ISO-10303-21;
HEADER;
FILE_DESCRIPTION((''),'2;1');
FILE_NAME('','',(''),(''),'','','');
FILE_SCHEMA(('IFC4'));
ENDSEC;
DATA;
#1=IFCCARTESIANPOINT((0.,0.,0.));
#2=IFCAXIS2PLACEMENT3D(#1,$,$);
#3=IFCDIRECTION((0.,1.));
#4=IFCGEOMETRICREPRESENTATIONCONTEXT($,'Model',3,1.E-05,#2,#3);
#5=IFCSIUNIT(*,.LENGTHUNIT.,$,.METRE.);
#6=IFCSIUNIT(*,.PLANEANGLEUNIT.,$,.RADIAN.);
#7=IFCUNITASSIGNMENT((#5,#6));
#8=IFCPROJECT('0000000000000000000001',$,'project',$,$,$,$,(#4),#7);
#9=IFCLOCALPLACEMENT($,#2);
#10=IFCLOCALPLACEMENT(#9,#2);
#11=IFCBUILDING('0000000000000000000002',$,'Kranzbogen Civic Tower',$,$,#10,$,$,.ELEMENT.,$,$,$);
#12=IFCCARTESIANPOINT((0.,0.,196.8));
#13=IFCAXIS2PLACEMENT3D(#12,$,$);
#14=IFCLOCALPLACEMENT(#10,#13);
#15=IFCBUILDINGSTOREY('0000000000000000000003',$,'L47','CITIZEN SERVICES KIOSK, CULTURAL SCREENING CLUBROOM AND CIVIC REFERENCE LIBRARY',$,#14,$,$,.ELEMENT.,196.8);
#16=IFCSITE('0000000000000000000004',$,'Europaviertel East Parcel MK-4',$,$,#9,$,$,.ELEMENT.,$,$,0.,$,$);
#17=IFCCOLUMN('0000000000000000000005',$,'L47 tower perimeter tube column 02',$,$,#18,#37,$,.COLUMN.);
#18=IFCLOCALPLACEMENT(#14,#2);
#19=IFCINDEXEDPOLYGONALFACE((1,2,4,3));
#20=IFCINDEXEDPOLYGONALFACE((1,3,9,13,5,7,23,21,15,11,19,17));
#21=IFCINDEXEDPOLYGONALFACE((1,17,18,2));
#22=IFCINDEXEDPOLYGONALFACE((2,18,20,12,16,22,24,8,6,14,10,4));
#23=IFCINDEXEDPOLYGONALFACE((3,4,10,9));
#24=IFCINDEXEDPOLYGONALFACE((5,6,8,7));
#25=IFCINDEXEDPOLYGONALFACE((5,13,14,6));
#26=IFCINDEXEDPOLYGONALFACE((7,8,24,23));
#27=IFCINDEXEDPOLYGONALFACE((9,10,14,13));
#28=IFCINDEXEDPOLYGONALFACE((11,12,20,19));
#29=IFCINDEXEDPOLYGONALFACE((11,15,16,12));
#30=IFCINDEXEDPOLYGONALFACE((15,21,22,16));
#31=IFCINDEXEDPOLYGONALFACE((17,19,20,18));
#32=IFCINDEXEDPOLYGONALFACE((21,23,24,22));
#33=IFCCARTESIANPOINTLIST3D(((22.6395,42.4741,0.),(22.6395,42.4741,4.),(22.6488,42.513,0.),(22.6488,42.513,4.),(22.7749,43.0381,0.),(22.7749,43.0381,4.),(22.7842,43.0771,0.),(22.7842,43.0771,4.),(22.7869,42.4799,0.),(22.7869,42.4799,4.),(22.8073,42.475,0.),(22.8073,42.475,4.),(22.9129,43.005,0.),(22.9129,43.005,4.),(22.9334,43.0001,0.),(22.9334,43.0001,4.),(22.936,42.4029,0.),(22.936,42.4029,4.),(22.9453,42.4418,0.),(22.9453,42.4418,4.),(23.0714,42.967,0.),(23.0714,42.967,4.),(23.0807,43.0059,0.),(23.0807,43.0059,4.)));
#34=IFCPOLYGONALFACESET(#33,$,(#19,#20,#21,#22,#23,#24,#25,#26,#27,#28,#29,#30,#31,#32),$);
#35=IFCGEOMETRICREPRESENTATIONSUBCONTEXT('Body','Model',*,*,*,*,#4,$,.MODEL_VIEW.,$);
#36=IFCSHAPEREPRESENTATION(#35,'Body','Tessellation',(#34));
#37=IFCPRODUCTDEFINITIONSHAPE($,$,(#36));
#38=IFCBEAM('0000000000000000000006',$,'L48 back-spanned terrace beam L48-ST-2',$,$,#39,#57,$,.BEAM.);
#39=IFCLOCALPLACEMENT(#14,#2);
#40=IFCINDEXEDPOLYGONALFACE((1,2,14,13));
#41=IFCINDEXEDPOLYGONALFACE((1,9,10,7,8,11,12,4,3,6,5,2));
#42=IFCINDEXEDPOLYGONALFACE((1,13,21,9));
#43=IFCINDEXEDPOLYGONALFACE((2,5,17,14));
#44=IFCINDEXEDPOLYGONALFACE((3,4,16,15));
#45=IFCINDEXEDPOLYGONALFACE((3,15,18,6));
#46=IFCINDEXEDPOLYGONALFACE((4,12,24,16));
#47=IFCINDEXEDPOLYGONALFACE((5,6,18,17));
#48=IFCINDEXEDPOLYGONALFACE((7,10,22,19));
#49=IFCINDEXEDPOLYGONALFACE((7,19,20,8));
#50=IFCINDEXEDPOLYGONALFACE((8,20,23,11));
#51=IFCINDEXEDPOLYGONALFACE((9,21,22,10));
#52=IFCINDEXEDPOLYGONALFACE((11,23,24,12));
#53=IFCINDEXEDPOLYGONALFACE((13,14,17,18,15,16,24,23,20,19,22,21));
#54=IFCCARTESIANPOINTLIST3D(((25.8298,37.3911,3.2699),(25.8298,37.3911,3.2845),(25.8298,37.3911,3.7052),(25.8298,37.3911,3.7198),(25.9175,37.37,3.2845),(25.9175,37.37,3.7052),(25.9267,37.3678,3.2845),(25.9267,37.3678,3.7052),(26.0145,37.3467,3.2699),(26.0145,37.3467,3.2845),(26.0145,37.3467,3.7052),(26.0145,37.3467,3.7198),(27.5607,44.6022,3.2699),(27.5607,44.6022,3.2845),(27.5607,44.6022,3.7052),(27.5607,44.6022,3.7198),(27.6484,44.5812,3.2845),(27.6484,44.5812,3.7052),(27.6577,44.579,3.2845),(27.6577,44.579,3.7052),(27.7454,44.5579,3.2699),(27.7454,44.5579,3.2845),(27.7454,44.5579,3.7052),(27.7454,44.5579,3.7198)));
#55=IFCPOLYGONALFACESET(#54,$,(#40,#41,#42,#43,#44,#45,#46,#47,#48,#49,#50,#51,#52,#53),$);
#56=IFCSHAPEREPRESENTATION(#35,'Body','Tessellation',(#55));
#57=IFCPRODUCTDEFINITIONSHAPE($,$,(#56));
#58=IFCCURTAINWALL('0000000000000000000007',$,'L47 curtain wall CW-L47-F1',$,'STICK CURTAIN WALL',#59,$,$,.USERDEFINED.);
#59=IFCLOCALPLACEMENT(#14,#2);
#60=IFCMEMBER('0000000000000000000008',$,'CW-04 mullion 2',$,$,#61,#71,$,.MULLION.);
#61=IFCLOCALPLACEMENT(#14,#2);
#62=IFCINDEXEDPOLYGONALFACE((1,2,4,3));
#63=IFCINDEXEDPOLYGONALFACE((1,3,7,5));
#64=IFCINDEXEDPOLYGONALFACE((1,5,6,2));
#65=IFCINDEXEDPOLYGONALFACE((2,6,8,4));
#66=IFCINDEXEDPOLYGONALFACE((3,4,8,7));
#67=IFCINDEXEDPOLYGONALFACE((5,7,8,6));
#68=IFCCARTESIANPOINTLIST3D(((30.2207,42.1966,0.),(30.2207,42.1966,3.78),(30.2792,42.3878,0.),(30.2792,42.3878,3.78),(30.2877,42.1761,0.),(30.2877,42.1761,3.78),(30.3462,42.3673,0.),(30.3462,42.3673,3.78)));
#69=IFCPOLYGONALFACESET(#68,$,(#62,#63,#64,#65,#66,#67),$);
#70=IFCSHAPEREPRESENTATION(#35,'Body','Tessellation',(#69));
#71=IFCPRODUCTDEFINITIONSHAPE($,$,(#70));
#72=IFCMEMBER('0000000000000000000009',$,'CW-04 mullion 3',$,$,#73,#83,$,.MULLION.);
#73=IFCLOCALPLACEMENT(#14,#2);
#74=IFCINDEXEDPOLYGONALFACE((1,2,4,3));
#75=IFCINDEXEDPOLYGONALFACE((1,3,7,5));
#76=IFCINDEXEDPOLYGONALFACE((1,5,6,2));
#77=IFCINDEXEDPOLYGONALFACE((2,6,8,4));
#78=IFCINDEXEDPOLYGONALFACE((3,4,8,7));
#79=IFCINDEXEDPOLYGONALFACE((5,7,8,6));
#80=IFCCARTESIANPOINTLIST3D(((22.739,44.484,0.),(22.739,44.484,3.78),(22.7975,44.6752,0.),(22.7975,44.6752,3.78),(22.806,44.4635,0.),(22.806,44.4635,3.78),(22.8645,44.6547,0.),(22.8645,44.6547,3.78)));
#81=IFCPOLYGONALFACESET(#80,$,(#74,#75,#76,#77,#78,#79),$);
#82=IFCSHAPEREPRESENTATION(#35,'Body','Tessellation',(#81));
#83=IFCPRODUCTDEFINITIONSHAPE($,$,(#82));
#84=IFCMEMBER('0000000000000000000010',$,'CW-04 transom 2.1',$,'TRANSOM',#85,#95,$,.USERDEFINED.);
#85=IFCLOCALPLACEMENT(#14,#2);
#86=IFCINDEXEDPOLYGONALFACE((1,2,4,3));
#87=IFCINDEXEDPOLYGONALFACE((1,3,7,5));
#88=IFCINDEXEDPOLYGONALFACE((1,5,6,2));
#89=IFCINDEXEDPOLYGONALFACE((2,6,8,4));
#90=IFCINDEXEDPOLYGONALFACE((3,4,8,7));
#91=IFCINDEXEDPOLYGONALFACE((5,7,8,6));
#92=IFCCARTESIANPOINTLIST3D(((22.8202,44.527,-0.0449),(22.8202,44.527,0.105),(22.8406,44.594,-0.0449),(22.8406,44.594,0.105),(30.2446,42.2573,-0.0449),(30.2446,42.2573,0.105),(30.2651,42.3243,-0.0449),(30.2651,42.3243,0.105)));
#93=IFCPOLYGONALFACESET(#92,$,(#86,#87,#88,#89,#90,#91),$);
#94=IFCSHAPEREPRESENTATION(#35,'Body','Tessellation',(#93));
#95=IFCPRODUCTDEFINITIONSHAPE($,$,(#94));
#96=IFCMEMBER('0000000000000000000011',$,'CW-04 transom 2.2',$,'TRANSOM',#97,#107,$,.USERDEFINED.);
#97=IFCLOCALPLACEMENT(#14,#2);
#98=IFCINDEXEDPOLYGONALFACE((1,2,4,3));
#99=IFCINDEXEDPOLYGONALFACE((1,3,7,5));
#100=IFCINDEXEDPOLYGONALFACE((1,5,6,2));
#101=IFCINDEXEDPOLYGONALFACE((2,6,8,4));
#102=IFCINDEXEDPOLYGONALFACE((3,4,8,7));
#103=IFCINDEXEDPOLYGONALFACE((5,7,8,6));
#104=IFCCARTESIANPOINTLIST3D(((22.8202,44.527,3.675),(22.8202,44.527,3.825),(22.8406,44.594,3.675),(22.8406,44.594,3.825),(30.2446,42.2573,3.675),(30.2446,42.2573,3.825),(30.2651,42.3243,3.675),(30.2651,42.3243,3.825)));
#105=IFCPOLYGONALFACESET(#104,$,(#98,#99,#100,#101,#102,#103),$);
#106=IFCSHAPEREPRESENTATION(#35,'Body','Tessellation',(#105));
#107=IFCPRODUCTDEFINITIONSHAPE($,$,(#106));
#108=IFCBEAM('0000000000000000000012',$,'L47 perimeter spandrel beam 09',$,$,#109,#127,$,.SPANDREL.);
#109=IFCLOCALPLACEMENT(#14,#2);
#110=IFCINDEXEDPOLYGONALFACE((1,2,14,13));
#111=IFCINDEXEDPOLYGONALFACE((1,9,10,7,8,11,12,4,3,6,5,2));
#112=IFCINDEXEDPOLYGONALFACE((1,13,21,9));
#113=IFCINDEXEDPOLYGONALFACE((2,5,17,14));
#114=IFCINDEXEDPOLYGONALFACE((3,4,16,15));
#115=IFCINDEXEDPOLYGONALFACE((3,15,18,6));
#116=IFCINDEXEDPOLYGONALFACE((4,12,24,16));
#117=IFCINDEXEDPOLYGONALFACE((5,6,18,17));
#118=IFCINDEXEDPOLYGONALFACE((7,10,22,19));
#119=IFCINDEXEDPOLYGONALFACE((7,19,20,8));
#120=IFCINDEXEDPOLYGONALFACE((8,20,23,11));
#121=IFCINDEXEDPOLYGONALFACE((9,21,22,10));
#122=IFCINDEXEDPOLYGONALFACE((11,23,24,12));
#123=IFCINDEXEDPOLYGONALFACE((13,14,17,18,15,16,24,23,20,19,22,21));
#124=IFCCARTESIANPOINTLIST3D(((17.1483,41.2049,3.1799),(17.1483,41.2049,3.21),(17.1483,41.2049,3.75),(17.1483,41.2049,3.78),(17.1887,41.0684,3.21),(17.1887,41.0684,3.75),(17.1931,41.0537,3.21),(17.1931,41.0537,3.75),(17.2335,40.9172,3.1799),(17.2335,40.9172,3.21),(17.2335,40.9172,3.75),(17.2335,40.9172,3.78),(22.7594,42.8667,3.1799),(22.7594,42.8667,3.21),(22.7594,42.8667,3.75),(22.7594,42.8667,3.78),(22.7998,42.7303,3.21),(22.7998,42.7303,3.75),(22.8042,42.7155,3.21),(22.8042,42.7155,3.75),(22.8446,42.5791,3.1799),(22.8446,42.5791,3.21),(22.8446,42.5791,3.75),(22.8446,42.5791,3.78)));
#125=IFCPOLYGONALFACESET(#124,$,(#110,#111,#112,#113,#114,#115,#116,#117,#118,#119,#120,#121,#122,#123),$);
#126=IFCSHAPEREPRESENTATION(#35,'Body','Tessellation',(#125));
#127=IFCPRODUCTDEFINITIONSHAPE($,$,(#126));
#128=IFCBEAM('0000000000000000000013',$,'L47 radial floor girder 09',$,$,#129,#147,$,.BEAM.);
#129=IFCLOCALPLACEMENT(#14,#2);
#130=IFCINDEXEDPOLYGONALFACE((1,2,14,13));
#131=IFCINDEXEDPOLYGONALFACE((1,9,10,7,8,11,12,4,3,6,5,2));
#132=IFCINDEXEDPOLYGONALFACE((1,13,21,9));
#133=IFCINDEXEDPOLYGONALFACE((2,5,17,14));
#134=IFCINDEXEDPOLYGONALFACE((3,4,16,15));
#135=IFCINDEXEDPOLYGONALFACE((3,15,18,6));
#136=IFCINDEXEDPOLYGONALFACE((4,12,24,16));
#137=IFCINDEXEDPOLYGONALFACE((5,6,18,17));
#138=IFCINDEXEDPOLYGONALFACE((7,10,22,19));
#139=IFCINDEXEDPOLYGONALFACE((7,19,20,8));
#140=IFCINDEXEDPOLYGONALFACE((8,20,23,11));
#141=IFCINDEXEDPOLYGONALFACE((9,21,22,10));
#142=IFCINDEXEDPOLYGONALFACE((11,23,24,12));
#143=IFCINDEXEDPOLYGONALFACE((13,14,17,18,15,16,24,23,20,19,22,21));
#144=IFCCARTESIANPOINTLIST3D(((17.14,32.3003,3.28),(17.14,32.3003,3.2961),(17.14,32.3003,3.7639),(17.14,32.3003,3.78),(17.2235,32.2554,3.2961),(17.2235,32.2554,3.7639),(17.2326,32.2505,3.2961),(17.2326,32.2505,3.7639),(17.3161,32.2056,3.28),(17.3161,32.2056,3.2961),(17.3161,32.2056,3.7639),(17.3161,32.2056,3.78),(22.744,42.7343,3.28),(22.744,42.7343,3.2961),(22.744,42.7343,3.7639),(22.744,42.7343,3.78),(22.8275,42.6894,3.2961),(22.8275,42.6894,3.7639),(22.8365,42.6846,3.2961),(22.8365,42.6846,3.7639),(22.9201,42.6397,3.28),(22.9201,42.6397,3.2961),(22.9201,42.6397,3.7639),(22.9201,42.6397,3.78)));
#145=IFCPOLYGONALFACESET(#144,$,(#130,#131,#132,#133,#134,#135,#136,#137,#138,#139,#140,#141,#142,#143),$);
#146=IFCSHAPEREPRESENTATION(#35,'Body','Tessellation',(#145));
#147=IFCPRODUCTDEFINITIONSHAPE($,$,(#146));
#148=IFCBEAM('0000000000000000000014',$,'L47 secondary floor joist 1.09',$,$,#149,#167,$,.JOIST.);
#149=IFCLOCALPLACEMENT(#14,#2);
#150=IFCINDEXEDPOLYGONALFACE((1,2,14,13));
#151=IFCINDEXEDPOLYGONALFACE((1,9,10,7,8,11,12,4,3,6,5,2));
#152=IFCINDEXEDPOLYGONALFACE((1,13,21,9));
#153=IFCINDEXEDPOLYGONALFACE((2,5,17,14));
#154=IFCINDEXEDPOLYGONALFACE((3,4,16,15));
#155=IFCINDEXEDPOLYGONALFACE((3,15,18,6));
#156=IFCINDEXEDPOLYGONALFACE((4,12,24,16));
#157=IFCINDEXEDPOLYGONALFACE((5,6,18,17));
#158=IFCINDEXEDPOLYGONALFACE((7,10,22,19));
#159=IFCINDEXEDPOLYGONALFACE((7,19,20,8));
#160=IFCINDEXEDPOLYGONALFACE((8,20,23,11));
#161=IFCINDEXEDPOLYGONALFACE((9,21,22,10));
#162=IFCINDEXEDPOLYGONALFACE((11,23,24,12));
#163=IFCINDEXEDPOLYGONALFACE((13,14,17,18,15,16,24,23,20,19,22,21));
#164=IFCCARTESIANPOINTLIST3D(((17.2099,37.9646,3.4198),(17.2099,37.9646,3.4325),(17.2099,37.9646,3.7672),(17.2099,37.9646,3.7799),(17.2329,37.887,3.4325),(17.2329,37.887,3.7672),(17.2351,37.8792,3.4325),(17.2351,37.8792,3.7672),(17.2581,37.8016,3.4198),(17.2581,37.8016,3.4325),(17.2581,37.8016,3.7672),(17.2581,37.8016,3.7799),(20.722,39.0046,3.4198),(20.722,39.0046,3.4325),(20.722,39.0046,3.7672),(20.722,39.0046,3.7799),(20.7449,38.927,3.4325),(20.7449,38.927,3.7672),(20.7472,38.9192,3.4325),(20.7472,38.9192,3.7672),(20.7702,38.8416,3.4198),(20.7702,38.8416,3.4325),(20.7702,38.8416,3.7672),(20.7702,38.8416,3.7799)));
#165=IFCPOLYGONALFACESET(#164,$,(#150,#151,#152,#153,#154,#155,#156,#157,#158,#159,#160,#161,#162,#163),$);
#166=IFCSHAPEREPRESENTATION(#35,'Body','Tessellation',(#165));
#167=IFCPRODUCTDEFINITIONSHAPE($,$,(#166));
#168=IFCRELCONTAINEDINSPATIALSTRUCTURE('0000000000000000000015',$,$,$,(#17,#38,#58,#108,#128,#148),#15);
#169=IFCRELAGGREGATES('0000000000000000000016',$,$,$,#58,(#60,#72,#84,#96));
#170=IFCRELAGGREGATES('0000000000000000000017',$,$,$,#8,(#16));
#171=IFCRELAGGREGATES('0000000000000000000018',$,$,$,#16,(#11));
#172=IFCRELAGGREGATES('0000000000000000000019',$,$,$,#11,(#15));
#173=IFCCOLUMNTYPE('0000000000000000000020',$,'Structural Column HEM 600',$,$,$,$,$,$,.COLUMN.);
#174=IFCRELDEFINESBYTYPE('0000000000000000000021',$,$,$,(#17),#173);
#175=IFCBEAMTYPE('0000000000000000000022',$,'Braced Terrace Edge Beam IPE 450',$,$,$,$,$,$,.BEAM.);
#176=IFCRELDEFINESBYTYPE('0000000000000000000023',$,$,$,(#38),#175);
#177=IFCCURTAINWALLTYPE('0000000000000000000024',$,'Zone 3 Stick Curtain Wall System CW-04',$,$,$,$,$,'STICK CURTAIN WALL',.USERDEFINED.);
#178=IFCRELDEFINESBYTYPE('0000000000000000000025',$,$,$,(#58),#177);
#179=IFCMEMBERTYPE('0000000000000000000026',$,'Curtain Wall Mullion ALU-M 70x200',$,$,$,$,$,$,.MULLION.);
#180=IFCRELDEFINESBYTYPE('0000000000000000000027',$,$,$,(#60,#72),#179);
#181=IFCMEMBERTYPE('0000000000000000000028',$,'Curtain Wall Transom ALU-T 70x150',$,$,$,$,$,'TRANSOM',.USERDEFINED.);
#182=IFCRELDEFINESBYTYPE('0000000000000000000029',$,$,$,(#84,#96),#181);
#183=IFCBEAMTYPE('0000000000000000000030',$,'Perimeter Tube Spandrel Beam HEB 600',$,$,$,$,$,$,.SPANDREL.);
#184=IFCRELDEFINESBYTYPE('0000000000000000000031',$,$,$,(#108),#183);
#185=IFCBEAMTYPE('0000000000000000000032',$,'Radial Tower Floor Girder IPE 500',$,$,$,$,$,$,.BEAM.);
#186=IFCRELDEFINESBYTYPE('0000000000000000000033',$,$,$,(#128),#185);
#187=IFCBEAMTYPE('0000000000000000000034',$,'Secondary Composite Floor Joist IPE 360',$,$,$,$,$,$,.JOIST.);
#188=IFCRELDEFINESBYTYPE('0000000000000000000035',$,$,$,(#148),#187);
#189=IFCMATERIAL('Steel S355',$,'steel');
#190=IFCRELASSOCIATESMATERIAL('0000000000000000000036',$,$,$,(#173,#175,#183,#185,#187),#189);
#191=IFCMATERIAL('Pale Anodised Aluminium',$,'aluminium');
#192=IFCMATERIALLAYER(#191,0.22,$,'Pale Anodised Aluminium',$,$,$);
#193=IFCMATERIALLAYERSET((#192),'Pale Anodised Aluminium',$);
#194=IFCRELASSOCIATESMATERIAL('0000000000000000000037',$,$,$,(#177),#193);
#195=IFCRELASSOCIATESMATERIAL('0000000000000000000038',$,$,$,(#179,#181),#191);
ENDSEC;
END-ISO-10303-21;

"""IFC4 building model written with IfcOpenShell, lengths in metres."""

from ifc_helpers import new_model, si_unit, direction, frame, origin, origin_2d, place, context, subcontext, project, spatial, rectangle, i_section, extrude, material, layer, layer_set, material_profile, profile_set, type_object, element, aggregate, save


model = new_model("IFC4")

# Units and contexts
model_context = context("Model", 3, precision=1e-05, world=origin(), true_north=direction((0.0, 1.0)))
body_context = subcontext(model_context, "Body", "Model", "MODEL_VIEW")
ifc_project = project(units=[si_unit("LENGTHUNIT", "METRE"), si_unit("PLANEANGLEUNIT", "RADIAN")], contexts=[model_context])

# Site, building, storey
site_placement = place(None, origin())
site = spatial("IfcSite", under=ifc_project, at=site_placement, Name="Europaviertel East Parcel MK-4", CompositionType="ELEMENT", RefElevation=0.0)
building_placement = place(site_placement, origin())
building = spatial("IfcBuilding", under=site, at=building_placement, Name="Kranzbogen Civic Tower", CompositionType="ELEMENT")
storey_placement = place(building_placement, frame((0.0, 0.0, 196.8)))
storey = spatial("IfcBuildingStorey", under=building, at=storey_placement, Name="L47", Description="CITIZEN SERVICES KIOSK, CULTURAL SCREENING CLUBROOM AND CIVIC REFERENCE LIBRARY", CompositionType="ELEMENT", Elevation=196.8)

# Column
ifc_material_1 = material(Name="Steel S355", Category="steel")
ifc_material_profile_1 = material_profile(ifc_material_1, i_section(OverallWidth=0.3049, OverallDepth=0.6201, WebThickness=0.021, FlangeThickness=0.04, at=origin_2d()), Name="HEM 600")
ifc_profile_set_1 = profile_set([ifc_material_profile_1], Name="Steel S355")
column_type = type_object("IfcColumnType", Name="Structural Column HEM 600", PredefinedType="COLUMN", material=ifc_profile_set_1)
column_placement = place(storey_placement, frame((22.8601, 42.74, 0.0), z_axis=(0.0, 0.0, 1.0), x_axis=(-0.97237, 0.233445, 0.0)))
element("IfcColumn", 1, at=column_placement, inside=storey, type_object=column_type, Name="L47 tower perimeter tube column 02", PredefinedType="COLUMN", context=body_context, shape_type="SweptSolid", body=[
    extrude(i_section(OverallWidth=0.3049, OverallDepth=0.6201, WebThickness=0.021, FlangeThickness=0.04, at=origin_2d()), origin(), (0.0, 0.0, 1.0), 4.0),
])

# Beam
ifc_material_profile_2 = material_profile(ifc_material_1, i_section(OverallWidth=0.1899, OverallDepth=0.45, WebThickness=0.0095, FlangeThickness=0.0146, at=origin_2d()), Name="IPE 450")
ifc_profile_set_2 = profile_set([ifc_material_profile_2], Name="Steel S355")
beam_type_1 = type_object("IfcBeamType", Name="Braced Terrace Edge Beam IPE 450", PredefinedType="BEAM", material=ifc_profile_set_2)
beam_1_placement = place(storey_placement, frame((25.9221, 37.3689, 3.4949), z_axis=(0.233408, 0.972379, 0.0), x_axis=(-0.972379, 0.233408, 0.0)))
element("IfcBeam", 2, at=beam_1_placement, inside=storey, type_object=beam_type_1, Name="L48 back-spanned terrace beam L48-ST-2", PredefinedType="BEAM", context=body_context, shape_type="SweptSolid", body=[
    extrude(i_section(OverallWidth=0.1899, OverallDepth=0.45, WebThickness=0.0095, FlangeThickness=0.0146, at=origin_2d()), origin(), (0.0, 0.0, 1.0), 7.416),
])

# Curtain wall, members
ifc_material_2 = material(Name="Pale Anodised Aluminium", Category="aluminium")
ifc_layer_1 = layer(ifc_material_2, 0.22, Name="Pale Anodised Aluminium")
ifc_layer_set_1 = layer_set([ifc_layer_1], Name="Pale Anodised Aluminium")
curtain_wall_type = type_object("IfcCurtainWallType", Name="Zone 3 Stick Curtain Wall System CW-04", ElementType="STICK CURTAIN WALL", PredefinedType="USERDEFINED", material=ifc_layer_set_1)
curtain_wall_placement = place(storey_placement, origin())
curtain_wall = element("IfcCurtainWall", 3, at=curtain_wall_placement, inside=storey, type_object=curtain_wall_type, Name="L47 curtain wall CW-L47-F1", ObjectType="STICK CURTAIN WALL", PredefinedType="USERDEFINED")
ifc_material_profile_3 = material_profile(ifc_material_2, rectangle(XDim=0.0701, YDim=0.2, at=origin_2d()), Name="ALU-M 70x200")
ifc_profile_set_3 = profile_set([ifc_material_profile_3], Name="Pale Anodised Aluminium")
member_type_1 = type_object("IfcMemberType", Name="Curtain Wall Mullion ALU-M 70x200", PredefinedType="MULLION", material=ifc_profile_set_3)
member_1_placement = place(storey_placement, frame((30.2834, 42.282, 0.0), z_axis=(0.0, 0.0, 1.0), x_axis=(-0.956312, 0.29235, 0.0)))
member_1 = element("IfcMember", 4, at=member_1_placement, type_object=member_type_1, Name="CW-04 mullion 2", PredefinedType="MULLION", context=body_context, shape_type="SweptSolid", body=[
    extrude(rectangle(XDim=0.0701, YDim=0.2, at=origin_2d()), origin(), (0.0, 0.0, 1.0), 3.78),
])
member_2_placement = place(storey_placement, frame((22.8018, 44.5693, 0.0), z_axis=(0.0, 0.0, 1.0), x_axis=(-0.956312, 0.29235, 0.0)))
member_2 = element("IfcMember", 5, at=member_2_placement, type_object=member_type_1, Name="CW-04 mullion 3", PredefinedType="MULLION", context=body_context, shape_type="SweptSolid", body=[
    extrude(rectangle(XDim=0.0701, YDim=0.2, at=origin_2d()), origin(), (0.0, 0.0, 1.0), 3.78),
])
ifc_material_profile_4 = material_profile(ifc_material_2, rectangle(XDim=0.0701, YDim=0.1499, at=origin_2d()), Name="ALU-T 70x150")
ifc_profile_set_4 = profile_set([ifc_material_profile_4], Name="Pale Anodised Aluminium")
member_type_2 = type_object("IfcMemberType", Name="Curtain Wall Transom ALU-T 70x150", ElementType="TRANSOM", PredefinedType="USERDEFINED", material=ifc_profile_set_4)
member_3_placement = place(storey_placement, frame((30.2549, 42.2908, 0.03), z_axis=(-0.95631, 0.292355, 0.0), x_axis=(-0.292355, -0.95631, 0.0)))
member_3 = element("IfcMember", 6, at=member_3_placement, type_object=member_type_2, Name="CW-04 transom 2.1", ObjectType="TRANSOM", PredefinedType="USERDEFINED", context=body_context, shape_type="SweptSolid", body=[
    extrude(rectangle(XDim=0.0701, YDim=0.1499, at=origin_2d()), origin(), (0.0, 0.0, 1.0), 7.7637),
])
member_4_placement = place(storey_placement, frame((30.2549, 42.2908, 3.75), z_axis=(-0.95631, 0.292355, 0.0), x_axis=(-0.292355, -0.95631, 0.0)))
member_4 = element("IfcMember", 7, at=member_4_placement, type_object=member_type_2, Name="CW-04 transom 2.2", ObjectType="TRANSOM", PredefinedType="USERDEFINED", context=body_context, shape_type="SweptSolid", body=[
    extrude(rectangle(XDim=0.0701, YDim=0.1499, at=origin_2d()), origin(), (0.0, 0.0, 1.0), 7.7637),
])

# Beams
ifc_material_profile_5 = material_profile(ifc_material_1, i_section(OverallWidth=0.3, OverallDepth=0.6001, WebThickness=0.0154, FlangeThickness=0.03, at=origin_2d()), Name="HEB 600")
ifc_profile_set_5 = profile_set([ifc_material_profile_5], Name="Steel S355")
beam_type_2 = type_object("IfcBeamType", Name="Perimeter Tube Spandrel Beam HEB 600", PredefinedType="SPANDREL", material=ifc_profile_set_5)
beam_2_placement = place(storey_placement, frame((22.802, 42.7229, 3.48), z_axis=(-0.95883, -0.283982, 0.0), x_axis=(0.283982, -0.95883, 0.0)))
element("IfcBeam", 8, at=beam_2_placement, inside=storey, type_object=beam_type_2, Name="L47 perimeter spandrel beam 09", PredefinedType="SPANDREL", context=body_context, shape_type="SweptSolid", body=[
    extrude(i_section(OverallWidth=0.3, OverallDepth=0.6001, WebThickness=0.0154, FlangeThickness=0.03, at=origin_2d()), origin(), (0.0, 0.0, 1.0), 5.8521),
])
ifc_material_profile_6 = material_profile(ifc_material_1, i_section(OverallWidth=0.2, OverallDepth=0.5, WebThickness=0.0103, FlangeThickness=0.0161, at=origin_2d()), Name="IPE 500")
ifc_profile_set_6 = profile_set([ifc_material_profile_6], Name="Steel S355")
beam_type_3 = type_object("IfcBeamType", Name="Radial Tower Floor Girder IPE 500", PredefinedType="BEAM", material=ifc_profile_set_6)
beam_3_placement = place(storey_placement, frame((22.832, 42.687, 3.53), z_axis=(-0.47316, -0.880976, 0.0), x_axis=(0.880976, -0.47316, 0.0)))
element("IfcBeam", 9, at=beam_3_placement, inside=storey, type_object=beam_type_3, Name="L47 radial floor girder 09", PredefinedType="BEAM", context=body_context, shape_type="SweptSolid", body=[
    extrude(i_section(OverallWidth=0.2, OverallDepth=0.5, WebThickness=0.0103, FlangeThickness=0.0161, at=origin_2d()), origin(), (0.0, 0.0, 1.0), 11.8438),
])
ifc_material_profile_7 = material_profile(ifc_material_1, i_section(OverallWidth=0.1699, OverallDepth=0.3601, WebThickness=0.0081, FlangeThickness=0.0127, at=origin_2d()), Name="IPE 360")
ifc_profile_set_7 = profile_set([ifc_material_profile_7], Name="Steel S355")
beam_type_4 = type_object("IfcBeamType", Name="Secondary Composite Floor Joist IPE 360", PredefinedType="JOIST", material=ifc_profile_set_7)
beam_4_placement = place(storey_placement, frame((20.7461, 38.9231, 3.5999), z_axis=(-0.958844, -0.283934, 0.0), x_axis=(0.283934, -0.958844, 0.0)))
element("IfcBeam", 10, at=beam_4_placement, inside=storey, type_object=beam_type_4, Name="L47 secondary floor joist 1.09", PredefinedType="JOIST", context=body_context, shape_type="SweptSolid", body=[
    extrude(i_section(OverallWidth=0.1699, OverallDepth=0.3601, WebThickness=0.0081, FlangeThickness=0.0127, at=origin_2d()), origin(), (0.0, 0.0, 1.0), 3.6628),
])

aggregate(curtain_wall, [member_1, member_2, member_3, member_4])

save(model, "model.ifc")
